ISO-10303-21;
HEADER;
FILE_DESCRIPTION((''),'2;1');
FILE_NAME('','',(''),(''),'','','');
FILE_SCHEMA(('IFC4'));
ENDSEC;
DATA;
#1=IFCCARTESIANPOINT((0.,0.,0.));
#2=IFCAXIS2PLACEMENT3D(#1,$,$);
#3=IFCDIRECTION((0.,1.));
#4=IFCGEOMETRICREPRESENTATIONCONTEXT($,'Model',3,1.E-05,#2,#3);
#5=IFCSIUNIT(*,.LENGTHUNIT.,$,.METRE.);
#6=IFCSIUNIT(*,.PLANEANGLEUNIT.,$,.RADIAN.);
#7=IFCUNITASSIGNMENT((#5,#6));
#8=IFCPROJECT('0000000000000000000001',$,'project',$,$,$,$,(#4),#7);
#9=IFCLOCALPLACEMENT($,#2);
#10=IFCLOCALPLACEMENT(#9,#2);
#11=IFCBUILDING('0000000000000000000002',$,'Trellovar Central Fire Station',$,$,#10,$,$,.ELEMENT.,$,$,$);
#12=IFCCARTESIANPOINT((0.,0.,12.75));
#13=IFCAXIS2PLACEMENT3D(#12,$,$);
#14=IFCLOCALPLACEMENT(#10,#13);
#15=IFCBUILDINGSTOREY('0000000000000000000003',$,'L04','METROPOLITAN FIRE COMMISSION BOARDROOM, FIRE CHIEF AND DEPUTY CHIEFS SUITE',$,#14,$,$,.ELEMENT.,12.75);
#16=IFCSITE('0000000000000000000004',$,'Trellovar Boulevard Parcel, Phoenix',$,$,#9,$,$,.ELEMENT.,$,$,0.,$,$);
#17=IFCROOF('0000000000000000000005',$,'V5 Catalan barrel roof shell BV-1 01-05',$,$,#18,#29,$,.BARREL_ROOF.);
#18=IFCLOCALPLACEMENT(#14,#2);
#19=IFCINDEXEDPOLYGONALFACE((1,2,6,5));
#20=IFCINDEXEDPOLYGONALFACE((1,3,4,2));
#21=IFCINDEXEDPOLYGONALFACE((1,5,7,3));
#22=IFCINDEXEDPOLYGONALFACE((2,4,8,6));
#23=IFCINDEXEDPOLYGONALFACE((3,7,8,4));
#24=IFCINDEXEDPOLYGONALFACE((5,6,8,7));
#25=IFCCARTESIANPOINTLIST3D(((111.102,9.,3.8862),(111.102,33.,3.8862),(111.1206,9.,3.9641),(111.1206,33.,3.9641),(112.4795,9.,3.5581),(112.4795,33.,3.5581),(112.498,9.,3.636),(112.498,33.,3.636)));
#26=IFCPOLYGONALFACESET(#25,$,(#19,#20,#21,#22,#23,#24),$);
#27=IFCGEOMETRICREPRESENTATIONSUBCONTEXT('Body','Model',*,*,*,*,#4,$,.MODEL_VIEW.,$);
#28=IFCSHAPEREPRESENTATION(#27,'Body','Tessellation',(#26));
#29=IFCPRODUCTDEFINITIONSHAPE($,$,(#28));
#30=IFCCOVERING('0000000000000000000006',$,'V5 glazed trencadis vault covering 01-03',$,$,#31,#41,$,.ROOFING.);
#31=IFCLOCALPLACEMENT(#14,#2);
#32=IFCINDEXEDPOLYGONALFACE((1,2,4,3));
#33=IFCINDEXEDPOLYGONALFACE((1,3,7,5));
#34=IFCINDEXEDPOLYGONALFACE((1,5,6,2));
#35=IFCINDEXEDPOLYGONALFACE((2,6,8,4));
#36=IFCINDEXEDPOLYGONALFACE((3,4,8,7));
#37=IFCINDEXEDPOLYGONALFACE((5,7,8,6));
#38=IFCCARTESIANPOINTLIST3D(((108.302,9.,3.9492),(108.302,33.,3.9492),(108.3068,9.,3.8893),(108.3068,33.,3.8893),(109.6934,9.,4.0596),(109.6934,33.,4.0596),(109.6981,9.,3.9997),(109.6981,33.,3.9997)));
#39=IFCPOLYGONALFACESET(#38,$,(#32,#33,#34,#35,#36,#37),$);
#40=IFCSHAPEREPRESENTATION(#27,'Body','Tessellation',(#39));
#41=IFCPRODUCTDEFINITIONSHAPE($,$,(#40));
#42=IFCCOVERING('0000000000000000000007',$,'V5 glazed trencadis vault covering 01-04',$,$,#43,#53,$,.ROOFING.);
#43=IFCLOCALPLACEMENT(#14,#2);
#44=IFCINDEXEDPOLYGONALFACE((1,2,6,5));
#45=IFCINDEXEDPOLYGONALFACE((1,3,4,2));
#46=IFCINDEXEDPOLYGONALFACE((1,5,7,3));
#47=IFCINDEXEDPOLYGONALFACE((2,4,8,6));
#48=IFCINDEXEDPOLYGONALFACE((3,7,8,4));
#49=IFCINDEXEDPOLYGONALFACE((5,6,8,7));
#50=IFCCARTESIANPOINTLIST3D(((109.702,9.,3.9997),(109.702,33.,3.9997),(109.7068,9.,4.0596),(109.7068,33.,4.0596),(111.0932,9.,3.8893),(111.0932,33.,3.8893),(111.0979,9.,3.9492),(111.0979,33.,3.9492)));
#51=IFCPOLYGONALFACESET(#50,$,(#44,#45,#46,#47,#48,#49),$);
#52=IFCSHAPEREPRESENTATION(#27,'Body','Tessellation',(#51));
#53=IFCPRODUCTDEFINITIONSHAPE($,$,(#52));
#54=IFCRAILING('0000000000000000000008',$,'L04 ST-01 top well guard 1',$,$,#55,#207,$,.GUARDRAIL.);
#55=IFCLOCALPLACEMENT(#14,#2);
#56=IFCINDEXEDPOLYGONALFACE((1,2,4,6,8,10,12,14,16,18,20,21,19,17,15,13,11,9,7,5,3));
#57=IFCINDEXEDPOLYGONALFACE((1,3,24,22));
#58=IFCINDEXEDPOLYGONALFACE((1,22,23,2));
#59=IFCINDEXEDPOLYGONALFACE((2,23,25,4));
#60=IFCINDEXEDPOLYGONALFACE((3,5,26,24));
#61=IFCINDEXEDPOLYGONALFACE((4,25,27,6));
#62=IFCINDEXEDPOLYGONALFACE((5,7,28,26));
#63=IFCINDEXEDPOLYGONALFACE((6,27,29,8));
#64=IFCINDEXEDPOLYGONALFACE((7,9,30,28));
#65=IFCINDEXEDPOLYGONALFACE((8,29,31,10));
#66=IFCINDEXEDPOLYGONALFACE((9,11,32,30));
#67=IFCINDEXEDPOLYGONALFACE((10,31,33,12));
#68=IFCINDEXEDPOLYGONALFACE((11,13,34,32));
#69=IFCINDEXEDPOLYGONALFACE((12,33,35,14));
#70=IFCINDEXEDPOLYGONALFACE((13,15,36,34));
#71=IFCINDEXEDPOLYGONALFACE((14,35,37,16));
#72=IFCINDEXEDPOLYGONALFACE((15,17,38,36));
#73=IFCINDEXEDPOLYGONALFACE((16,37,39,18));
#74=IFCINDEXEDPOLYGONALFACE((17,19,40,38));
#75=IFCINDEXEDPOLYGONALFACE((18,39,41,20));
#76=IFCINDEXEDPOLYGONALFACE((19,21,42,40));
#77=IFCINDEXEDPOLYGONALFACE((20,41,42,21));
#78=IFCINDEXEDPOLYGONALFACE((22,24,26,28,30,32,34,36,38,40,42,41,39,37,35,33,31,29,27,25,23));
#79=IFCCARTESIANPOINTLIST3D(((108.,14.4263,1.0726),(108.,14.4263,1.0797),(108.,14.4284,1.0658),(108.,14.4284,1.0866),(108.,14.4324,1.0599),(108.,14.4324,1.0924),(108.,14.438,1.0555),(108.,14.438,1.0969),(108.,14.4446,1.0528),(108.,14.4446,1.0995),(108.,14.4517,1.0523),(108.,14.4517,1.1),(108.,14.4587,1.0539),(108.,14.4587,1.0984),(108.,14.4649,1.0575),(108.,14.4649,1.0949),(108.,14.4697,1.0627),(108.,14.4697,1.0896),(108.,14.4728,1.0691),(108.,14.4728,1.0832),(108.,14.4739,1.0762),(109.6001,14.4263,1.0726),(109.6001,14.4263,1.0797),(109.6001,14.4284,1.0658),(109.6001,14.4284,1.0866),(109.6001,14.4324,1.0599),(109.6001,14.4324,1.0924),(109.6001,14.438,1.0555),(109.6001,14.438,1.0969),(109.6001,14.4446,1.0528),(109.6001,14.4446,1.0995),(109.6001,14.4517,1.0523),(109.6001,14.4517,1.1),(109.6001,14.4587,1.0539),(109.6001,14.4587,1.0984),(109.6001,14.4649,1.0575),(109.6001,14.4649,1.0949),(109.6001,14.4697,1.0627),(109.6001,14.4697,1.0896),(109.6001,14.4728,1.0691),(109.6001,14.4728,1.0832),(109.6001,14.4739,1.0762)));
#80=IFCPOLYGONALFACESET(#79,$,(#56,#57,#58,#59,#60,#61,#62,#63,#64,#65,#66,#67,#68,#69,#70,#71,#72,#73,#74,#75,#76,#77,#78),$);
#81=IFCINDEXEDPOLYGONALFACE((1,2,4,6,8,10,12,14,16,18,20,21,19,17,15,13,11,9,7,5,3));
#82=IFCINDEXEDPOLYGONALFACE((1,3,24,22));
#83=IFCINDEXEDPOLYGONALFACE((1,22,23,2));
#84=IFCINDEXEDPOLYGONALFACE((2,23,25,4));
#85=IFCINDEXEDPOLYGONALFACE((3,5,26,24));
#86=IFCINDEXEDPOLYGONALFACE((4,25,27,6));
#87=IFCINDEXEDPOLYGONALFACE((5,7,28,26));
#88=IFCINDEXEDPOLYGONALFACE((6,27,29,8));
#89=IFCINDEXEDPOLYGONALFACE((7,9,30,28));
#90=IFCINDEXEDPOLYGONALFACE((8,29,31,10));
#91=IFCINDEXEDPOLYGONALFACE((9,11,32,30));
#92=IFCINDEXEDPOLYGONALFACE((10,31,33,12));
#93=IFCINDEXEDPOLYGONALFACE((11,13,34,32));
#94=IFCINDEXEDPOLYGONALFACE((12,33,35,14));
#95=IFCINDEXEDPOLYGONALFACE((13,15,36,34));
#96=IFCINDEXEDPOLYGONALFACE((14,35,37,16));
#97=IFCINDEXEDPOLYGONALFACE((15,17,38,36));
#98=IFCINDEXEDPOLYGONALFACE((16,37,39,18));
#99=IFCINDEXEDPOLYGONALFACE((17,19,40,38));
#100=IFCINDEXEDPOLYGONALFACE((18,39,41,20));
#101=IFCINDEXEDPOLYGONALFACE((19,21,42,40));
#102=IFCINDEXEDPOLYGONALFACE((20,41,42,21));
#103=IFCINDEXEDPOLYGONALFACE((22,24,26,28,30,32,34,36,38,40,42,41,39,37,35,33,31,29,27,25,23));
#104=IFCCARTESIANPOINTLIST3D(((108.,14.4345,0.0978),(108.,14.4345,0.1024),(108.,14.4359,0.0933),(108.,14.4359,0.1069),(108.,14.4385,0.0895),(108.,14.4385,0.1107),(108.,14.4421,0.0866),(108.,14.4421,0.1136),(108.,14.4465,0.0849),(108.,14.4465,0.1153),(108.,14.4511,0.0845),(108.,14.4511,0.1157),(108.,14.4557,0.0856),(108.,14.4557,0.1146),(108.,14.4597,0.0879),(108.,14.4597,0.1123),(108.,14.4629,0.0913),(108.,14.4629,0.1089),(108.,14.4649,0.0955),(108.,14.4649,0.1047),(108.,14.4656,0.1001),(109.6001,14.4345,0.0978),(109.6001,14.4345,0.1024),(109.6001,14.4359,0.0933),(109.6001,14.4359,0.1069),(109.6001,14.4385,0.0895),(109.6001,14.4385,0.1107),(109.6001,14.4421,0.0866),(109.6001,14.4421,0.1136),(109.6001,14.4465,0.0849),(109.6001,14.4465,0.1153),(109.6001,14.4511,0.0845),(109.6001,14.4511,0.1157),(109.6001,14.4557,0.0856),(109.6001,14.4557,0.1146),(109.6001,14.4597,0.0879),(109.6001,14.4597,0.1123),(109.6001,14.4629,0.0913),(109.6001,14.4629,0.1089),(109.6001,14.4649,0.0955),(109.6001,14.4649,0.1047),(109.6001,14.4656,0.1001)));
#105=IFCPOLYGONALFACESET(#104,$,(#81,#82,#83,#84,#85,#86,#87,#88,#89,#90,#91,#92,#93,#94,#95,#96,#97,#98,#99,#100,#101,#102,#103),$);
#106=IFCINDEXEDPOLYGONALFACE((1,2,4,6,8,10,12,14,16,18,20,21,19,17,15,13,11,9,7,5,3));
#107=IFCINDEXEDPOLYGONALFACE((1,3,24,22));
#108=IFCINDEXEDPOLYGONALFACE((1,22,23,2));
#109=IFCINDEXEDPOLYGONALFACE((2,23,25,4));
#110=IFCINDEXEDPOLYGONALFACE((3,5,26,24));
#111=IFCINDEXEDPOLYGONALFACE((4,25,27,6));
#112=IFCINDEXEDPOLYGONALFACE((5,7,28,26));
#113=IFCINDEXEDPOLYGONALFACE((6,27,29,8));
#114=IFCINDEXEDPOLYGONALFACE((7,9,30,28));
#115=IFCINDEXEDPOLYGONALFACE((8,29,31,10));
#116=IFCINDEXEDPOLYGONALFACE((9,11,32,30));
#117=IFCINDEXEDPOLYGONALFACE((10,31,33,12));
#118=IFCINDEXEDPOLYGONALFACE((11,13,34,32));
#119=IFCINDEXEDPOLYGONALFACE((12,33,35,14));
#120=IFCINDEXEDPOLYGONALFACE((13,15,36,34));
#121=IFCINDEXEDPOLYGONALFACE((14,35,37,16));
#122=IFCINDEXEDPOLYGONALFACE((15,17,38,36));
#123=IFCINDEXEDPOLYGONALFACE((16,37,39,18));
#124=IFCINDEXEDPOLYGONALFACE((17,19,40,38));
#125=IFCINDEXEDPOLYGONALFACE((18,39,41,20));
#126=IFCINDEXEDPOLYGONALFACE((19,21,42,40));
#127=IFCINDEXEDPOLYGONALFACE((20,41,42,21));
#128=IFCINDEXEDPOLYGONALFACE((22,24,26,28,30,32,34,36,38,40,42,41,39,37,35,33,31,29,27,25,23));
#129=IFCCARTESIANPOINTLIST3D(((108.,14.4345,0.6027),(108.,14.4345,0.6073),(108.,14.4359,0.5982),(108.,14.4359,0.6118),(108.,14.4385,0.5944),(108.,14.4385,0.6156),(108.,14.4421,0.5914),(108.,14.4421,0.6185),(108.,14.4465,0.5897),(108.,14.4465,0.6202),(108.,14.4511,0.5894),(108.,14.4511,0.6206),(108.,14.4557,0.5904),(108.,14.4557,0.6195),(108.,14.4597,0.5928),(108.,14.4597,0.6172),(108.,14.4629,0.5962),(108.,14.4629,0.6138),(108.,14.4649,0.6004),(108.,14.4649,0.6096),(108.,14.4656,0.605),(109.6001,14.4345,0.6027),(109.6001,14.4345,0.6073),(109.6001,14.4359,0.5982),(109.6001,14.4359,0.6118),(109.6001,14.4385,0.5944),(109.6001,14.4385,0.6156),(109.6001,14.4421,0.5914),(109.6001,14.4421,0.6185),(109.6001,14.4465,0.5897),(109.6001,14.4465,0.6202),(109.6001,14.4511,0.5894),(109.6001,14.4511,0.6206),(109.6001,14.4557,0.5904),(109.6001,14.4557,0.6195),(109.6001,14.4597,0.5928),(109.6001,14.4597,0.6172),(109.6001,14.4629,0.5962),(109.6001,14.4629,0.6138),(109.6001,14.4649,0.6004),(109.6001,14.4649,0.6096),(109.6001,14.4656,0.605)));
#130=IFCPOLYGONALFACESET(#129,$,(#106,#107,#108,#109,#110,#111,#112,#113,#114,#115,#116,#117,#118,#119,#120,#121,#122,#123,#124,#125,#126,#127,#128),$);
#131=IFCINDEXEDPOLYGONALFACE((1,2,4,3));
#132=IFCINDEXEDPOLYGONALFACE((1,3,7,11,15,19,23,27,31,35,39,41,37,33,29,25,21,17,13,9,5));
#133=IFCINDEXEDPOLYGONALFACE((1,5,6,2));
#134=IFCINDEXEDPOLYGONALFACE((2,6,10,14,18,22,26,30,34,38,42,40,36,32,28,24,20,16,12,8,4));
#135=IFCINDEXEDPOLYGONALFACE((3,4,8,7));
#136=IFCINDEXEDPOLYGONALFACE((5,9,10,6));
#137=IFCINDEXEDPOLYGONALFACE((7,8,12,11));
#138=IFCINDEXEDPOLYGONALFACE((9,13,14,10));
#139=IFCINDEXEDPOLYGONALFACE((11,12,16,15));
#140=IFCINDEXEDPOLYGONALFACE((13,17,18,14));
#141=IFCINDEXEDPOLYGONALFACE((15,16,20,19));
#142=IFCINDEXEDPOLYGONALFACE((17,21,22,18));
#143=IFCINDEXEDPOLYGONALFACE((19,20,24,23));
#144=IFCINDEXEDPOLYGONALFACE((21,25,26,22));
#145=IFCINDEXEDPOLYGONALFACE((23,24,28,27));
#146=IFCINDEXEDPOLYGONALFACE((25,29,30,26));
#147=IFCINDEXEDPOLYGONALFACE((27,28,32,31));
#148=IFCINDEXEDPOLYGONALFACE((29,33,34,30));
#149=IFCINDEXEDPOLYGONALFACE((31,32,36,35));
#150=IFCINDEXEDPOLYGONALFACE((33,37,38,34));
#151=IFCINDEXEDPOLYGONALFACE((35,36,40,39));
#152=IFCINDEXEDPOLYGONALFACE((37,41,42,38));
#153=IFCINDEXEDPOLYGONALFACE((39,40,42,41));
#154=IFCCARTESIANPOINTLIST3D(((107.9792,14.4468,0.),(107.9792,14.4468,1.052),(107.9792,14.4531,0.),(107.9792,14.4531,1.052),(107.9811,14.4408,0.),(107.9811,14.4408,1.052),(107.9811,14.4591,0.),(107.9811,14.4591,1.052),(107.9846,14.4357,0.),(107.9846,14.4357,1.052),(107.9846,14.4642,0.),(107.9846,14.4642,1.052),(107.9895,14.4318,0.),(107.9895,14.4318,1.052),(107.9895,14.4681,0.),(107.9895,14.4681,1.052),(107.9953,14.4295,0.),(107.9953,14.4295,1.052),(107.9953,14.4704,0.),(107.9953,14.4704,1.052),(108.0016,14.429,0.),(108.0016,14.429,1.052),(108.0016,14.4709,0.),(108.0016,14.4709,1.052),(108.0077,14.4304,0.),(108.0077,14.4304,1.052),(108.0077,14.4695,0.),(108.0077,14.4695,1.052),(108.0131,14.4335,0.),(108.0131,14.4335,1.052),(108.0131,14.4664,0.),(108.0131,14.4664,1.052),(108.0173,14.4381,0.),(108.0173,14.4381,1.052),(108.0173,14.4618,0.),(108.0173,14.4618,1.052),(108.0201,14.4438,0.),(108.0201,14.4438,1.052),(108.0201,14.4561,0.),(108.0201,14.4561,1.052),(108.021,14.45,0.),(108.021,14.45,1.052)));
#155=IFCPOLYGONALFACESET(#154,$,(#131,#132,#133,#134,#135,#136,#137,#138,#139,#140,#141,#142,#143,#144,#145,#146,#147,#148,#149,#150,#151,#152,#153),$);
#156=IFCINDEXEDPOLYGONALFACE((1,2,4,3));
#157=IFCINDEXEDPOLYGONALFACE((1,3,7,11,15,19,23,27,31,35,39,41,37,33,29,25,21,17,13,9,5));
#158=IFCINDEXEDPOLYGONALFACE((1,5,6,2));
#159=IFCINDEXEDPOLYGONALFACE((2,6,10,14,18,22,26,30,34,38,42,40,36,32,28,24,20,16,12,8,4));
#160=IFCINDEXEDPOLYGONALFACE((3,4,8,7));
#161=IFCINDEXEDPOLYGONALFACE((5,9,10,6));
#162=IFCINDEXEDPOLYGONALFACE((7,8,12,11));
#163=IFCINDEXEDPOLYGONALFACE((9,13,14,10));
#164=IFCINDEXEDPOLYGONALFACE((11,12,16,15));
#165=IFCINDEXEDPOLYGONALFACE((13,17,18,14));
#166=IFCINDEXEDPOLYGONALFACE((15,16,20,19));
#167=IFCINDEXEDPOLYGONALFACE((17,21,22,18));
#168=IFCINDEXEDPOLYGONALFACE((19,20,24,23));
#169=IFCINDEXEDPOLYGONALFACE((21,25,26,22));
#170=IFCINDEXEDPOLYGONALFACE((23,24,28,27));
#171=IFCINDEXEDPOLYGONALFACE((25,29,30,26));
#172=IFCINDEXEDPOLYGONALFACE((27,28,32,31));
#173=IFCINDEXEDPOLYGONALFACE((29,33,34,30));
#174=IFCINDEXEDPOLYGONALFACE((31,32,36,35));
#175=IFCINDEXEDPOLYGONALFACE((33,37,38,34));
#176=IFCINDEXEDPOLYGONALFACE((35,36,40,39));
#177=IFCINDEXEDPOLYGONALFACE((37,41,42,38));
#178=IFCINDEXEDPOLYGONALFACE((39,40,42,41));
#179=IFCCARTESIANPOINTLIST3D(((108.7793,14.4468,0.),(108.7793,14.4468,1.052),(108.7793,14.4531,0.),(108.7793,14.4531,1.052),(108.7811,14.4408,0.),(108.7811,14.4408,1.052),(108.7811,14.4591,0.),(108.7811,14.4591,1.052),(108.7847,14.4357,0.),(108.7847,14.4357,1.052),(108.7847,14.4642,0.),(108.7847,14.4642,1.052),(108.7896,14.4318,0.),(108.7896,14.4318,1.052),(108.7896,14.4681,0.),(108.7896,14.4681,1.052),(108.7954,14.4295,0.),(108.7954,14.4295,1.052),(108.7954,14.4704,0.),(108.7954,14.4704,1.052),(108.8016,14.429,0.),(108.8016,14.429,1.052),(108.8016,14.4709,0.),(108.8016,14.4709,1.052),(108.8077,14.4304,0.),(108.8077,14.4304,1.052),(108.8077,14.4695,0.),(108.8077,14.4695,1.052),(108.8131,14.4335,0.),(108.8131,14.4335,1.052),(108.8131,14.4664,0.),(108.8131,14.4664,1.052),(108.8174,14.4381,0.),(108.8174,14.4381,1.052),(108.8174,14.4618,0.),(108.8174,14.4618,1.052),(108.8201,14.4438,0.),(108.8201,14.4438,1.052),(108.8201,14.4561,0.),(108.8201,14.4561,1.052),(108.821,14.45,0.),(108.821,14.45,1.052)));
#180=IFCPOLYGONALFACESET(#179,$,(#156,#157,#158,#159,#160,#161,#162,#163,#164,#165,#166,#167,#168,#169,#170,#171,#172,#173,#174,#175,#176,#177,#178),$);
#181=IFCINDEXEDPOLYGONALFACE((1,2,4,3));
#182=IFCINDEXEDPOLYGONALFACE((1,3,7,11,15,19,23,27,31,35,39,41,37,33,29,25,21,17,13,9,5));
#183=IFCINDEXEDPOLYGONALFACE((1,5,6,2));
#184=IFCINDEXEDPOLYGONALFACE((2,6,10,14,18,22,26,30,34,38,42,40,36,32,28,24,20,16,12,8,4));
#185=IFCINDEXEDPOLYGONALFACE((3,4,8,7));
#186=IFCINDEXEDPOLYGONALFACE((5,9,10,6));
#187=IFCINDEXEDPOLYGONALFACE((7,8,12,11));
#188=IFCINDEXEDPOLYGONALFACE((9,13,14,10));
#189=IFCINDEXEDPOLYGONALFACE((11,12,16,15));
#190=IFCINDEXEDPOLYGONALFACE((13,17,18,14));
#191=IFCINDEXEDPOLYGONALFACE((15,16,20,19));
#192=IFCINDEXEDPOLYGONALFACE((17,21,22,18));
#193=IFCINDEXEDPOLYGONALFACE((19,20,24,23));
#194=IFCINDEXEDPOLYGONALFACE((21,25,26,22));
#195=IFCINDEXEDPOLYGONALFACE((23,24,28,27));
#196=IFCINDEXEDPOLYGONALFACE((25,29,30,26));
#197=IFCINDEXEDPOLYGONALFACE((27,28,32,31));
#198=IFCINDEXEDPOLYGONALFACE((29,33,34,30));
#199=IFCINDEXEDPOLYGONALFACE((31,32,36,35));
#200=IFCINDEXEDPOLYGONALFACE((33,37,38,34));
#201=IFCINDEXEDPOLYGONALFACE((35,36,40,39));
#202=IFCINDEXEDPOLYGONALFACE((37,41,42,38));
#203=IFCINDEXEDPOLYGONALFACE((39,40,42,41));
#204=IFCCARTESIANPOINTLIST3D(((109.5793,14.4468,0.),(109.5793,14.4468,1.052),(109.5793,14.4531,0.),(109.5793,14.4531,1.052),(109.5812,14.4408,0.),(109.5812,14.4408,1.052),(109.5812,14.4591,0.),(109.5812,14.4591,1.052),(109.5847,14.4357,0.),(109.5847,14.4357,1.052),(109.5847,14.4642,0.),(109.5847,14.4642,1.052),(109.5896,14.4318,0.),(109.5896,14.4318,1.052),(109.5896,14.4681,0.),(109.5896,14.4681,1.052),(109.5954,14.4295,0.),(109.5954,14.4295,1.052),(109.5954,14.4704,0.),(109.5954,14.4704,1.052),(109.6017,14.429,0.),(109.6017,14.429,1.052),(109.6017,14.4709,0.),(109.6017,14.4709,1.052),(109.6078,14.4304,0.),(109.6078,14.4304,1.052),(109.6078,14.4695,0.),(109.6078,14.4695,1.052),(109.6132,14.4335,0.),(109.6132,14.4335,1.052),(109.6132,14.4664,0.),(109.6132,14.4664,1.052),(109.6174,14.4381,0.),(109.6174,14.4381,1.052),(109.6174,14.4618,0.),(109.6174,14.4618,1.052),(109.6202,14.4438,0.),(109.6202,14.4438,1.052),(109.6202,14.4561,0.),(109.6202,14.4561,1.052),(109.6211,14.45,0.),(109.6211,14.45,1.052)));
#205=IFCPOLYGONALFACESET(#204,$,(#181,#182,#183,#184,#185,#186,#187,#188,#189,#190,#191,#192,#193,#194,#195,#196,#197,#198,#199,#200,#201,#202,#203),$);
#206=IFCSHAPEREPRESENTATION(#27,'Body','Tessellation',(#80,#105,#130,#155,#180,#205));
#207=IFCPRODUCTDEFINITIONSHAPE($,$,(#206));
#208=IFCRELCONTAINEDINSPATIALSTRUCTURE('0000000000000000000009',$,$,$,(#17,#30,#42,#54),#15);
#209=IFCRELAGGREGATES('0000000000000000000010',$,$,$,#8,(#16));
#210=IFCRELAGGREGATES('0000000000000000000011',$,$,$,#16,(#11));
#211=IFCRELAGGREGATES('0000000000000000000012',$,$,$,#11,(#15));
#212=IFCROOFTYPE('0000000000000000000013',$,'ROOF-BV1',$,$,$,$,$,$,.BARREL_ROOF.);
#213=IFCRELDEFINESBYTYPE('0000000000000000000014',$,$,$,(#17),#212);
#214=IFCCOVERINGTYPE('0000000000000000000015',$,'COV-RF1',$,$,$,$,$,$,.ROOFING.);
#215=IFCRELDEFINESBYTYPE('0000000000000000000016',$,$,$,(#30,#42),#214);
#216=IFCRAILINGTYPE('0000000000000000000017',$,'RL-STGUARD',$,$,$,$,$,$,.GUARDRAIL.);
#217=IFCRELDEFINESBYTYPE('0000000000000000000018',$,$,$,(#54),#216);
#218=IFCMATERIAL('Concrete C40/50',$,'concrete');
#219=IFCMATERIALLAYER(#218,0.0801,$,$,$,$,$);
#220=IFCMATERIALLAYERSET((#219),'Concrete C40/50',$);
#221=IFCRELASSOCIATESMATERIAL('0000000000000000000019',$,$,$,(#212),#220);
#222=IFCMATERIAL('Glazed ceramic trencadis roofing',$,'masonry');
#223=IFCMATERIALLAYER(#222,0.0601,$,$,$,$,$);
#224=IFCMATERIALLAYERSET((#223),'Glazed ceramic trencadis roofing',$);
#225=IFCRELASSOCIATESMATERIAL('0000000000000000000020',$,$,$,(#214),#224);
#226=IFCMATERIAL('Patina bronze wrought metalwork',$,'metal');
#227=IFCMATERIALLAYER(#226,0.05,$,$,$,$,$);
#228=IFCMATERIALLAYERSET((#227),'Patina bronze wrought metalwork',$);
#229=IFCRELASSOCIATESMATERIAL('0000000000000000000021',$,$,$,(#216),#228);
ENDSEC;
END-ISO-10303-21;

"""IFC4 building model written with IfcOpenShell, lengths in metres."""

from ifc_helpers import new_model, si_unit, direction, frame, origin, origin_2d, place, context, subcontext, project, spatial, polyline, circle, outline, extrude, material, layer, layer_set, type_object, element, save


model = new_model("IFC4")

# Units and contexts
model_context = context("Model", 3, precision=1e-05, world=origin(), true_north=direction((0.0, 1.0)))
body_context = subcontext(model_context, "Body", "Model", "MODEL_VIEW")
ifc_project = project(units=[si_unit("LENGTHUNIT", "METRE"), si_unit("PLANEANGLEUNIT", "RADIAN")], contexts=[model_context])

# Site, building, storey
site_placement = place(None, origin())
site = spatial("IfcSite", under=ifc_project, at=site_placement, Name="Trellovar Boulevard Parcel, Phoenix", CompositionType="ELEMENT", RefElevation=0.0)
building_placement = place(site_placement, origin())
building = spatial("IfcBuilding", under=site, at=building_placement, Name="Trellovar Central Fire Station", CompositionType="ELEMENT")
storey_placement = place(building_placement, frame((0.0, 0.0, 12.75)))
storey = spatial("IfcBuildingStorey", under=building, at=storey_placement, Name="L04", Description="METROPOLITAN FIRE COMMISSION BOARDROOM, FIRE CHIEF AND DEPUTY CHIEFS SUITE", CompositionType="ELEMENT", Elevation=12.75)

# Roof
ifc_material_1 = material(Name="Concrete C40/50", Category="concrete")
ifc_layer_1 = layer(ifc_material_1, 0.0801)
ifc_layer_set_1 = layer_set([ifc_layer_1], Name="Concrete C40/50")
roof_type = type_object("IfcRoofType", Name="ROOF-BV1", PredefinedType="BARREL_ROOF", material=ifc_layer_set_1)
roof_placement = place(storey_placement, frame((111.1206, 9.0, 3.9641), z_axis=(0.231729, 0.0, 0.97278), x_axis=(0.97278, 0.0, -0.231729)))
element("IfcRoof", 1, at=roof_placement, inside=storey, type_object=roof_type, Name="V5 Catalan barrel roof shell BV-1 01-05", PredefinedType="BARREL_ROOF", context=body_context, shape_type="SweptSolid", body=[
    extrude(outline(polyline([(0.0, 0.0), (1.416, 0.0), (1.416, 24.0), (0.0, 24.0), (0.0, 0.0)])), origin(), (0.0, 0.0, -1.0), 0.0801),
])

# Coverings
ifc_material_2 = material(Name="Glazed ceramic trencadis roofing", Category="masonry")
ifc_layer_2 = layer(ifc_material_2, 0.0601)
ifc_layer_set_2 = layer_set([ifc_layer_2], Name="Glazed ceramic trencadis roofing")
covering_type = type_object("IfcCoveringType", Name="COV-RF1", PredefinedType="ROOFING", material=ifc_layer_set_2)
covering_1_placement = place(storey_placement, frame((108.302, 9.0, 3.9492), z_axis=(-0.079064, 0.0, 0.99687), x_axis=(0.99687, 0.0, 0.079064)))
element("IfcCovering", 2, at=covering_1_placement, inside=storey, type_object=covering_type, Name="V5 glazed trencadis vault covering 01-03", PredefinedType="ROOFING", context=body_context, shape_type="SweptSolid", body=[
    extrude(outline(polyline([(0.0, 0.0), (1.3957, 0.0), (1.3957, 24.0), (0.0, 24.0), (0.0, 0.0)])), origin(), (0.0, 0.0, -1.0), 0.0601),
])
covering_2_placement = place(storey_placement, frame((109.7068, 9.0, 4.0596), z_axis=(0.079078, 0.0, 0.996868), x_axis=(0.996868, 0.0, -0.079078)))
element("IfcCovering", 3, at=covering_2_placement, inside=storey, type_object=covering_type, Name="V5 glazed trencadis vault covering 01-04", PredefinedType="ROOFING", context=body_context, shape_type="SweptSolid", body=[
    extrude(outline(polyline([(0.0, 0.0), (1.3955, 0.0), (1.3955, 24.0), (0.0, 24.0), (0.0, 0.0)])), origin(), (0.0, 0.0, -1.0), 0.0601),
])

# Railing
ifc_material_3 = material(Name="Patina bronze wrought metalwork", Category="metal")
ifc_layer_3 = layer(ifc_material_3, 0.05)
ifc_layer_set_3 = layer_set([ifc_layer_3], Name="Patina bronze wrought metalwork")
railing_type = type_object("IfcRailingType", Name="RL-STGUARD", PredefinedType="GUARDRAIL", material=ifc_layer_set_3)
railing_placement = place(storey_placement, frame((108.0, 14.45, 0.0)))
element("IfcRailing", 4, at=railing_placement, inside=storey, type_object=railing_type, Name="L04 ST-01 top well guard 1", PredefinedType="GUARDRAIL", context=body_context, shape_type="SweptSolid", body=[
    extrude(circle(Radius=0.0239, at=origin_2d()), frame((0.0, 0.0, 1.0762), z_axis=(1.0, 0.0, 0.0), x_axis=(0.0, 1.0, 0.0)), (0.0, 0.0, 1.0), 1.6001),
    extrude(circle(Radius=0.0156, at=origin_2d()), frame((0.0, 0.0, 0.1001), z_axis=(1.0, 0.0, 0.0), x_axis=(0.0, 1.0, 0.0)), (0.0, 0.0, 1.0), 1.6001),
    extrude(circle(Radius=0.0156, at=origin_2d()), frame((0.0, 0.0, 0.605), z_axis=(1.0, 0.0, 0.0), x_axis=(0.0, 1.0, 0.0)), (0.0, 0.0, 1.0), 1.6001),
    extrude(circle(Radius=0.021, at=origin_2d()), origin(), (0.0, 0.0, 1.0), 1.052),
    extrude(circle(Radius=0.021, at=origin_2d()), frame((0.8, 0.0, 0.0)), (0.0, 0.0, 1.0), 1.052),
    extrude(circle(Radius=0.021, at=origin_2d()), frame((1.6001, 0.0, 0.0)), (0.0, 0.0, 1.0), 1.052),
])

save(model, "model.ifc")
